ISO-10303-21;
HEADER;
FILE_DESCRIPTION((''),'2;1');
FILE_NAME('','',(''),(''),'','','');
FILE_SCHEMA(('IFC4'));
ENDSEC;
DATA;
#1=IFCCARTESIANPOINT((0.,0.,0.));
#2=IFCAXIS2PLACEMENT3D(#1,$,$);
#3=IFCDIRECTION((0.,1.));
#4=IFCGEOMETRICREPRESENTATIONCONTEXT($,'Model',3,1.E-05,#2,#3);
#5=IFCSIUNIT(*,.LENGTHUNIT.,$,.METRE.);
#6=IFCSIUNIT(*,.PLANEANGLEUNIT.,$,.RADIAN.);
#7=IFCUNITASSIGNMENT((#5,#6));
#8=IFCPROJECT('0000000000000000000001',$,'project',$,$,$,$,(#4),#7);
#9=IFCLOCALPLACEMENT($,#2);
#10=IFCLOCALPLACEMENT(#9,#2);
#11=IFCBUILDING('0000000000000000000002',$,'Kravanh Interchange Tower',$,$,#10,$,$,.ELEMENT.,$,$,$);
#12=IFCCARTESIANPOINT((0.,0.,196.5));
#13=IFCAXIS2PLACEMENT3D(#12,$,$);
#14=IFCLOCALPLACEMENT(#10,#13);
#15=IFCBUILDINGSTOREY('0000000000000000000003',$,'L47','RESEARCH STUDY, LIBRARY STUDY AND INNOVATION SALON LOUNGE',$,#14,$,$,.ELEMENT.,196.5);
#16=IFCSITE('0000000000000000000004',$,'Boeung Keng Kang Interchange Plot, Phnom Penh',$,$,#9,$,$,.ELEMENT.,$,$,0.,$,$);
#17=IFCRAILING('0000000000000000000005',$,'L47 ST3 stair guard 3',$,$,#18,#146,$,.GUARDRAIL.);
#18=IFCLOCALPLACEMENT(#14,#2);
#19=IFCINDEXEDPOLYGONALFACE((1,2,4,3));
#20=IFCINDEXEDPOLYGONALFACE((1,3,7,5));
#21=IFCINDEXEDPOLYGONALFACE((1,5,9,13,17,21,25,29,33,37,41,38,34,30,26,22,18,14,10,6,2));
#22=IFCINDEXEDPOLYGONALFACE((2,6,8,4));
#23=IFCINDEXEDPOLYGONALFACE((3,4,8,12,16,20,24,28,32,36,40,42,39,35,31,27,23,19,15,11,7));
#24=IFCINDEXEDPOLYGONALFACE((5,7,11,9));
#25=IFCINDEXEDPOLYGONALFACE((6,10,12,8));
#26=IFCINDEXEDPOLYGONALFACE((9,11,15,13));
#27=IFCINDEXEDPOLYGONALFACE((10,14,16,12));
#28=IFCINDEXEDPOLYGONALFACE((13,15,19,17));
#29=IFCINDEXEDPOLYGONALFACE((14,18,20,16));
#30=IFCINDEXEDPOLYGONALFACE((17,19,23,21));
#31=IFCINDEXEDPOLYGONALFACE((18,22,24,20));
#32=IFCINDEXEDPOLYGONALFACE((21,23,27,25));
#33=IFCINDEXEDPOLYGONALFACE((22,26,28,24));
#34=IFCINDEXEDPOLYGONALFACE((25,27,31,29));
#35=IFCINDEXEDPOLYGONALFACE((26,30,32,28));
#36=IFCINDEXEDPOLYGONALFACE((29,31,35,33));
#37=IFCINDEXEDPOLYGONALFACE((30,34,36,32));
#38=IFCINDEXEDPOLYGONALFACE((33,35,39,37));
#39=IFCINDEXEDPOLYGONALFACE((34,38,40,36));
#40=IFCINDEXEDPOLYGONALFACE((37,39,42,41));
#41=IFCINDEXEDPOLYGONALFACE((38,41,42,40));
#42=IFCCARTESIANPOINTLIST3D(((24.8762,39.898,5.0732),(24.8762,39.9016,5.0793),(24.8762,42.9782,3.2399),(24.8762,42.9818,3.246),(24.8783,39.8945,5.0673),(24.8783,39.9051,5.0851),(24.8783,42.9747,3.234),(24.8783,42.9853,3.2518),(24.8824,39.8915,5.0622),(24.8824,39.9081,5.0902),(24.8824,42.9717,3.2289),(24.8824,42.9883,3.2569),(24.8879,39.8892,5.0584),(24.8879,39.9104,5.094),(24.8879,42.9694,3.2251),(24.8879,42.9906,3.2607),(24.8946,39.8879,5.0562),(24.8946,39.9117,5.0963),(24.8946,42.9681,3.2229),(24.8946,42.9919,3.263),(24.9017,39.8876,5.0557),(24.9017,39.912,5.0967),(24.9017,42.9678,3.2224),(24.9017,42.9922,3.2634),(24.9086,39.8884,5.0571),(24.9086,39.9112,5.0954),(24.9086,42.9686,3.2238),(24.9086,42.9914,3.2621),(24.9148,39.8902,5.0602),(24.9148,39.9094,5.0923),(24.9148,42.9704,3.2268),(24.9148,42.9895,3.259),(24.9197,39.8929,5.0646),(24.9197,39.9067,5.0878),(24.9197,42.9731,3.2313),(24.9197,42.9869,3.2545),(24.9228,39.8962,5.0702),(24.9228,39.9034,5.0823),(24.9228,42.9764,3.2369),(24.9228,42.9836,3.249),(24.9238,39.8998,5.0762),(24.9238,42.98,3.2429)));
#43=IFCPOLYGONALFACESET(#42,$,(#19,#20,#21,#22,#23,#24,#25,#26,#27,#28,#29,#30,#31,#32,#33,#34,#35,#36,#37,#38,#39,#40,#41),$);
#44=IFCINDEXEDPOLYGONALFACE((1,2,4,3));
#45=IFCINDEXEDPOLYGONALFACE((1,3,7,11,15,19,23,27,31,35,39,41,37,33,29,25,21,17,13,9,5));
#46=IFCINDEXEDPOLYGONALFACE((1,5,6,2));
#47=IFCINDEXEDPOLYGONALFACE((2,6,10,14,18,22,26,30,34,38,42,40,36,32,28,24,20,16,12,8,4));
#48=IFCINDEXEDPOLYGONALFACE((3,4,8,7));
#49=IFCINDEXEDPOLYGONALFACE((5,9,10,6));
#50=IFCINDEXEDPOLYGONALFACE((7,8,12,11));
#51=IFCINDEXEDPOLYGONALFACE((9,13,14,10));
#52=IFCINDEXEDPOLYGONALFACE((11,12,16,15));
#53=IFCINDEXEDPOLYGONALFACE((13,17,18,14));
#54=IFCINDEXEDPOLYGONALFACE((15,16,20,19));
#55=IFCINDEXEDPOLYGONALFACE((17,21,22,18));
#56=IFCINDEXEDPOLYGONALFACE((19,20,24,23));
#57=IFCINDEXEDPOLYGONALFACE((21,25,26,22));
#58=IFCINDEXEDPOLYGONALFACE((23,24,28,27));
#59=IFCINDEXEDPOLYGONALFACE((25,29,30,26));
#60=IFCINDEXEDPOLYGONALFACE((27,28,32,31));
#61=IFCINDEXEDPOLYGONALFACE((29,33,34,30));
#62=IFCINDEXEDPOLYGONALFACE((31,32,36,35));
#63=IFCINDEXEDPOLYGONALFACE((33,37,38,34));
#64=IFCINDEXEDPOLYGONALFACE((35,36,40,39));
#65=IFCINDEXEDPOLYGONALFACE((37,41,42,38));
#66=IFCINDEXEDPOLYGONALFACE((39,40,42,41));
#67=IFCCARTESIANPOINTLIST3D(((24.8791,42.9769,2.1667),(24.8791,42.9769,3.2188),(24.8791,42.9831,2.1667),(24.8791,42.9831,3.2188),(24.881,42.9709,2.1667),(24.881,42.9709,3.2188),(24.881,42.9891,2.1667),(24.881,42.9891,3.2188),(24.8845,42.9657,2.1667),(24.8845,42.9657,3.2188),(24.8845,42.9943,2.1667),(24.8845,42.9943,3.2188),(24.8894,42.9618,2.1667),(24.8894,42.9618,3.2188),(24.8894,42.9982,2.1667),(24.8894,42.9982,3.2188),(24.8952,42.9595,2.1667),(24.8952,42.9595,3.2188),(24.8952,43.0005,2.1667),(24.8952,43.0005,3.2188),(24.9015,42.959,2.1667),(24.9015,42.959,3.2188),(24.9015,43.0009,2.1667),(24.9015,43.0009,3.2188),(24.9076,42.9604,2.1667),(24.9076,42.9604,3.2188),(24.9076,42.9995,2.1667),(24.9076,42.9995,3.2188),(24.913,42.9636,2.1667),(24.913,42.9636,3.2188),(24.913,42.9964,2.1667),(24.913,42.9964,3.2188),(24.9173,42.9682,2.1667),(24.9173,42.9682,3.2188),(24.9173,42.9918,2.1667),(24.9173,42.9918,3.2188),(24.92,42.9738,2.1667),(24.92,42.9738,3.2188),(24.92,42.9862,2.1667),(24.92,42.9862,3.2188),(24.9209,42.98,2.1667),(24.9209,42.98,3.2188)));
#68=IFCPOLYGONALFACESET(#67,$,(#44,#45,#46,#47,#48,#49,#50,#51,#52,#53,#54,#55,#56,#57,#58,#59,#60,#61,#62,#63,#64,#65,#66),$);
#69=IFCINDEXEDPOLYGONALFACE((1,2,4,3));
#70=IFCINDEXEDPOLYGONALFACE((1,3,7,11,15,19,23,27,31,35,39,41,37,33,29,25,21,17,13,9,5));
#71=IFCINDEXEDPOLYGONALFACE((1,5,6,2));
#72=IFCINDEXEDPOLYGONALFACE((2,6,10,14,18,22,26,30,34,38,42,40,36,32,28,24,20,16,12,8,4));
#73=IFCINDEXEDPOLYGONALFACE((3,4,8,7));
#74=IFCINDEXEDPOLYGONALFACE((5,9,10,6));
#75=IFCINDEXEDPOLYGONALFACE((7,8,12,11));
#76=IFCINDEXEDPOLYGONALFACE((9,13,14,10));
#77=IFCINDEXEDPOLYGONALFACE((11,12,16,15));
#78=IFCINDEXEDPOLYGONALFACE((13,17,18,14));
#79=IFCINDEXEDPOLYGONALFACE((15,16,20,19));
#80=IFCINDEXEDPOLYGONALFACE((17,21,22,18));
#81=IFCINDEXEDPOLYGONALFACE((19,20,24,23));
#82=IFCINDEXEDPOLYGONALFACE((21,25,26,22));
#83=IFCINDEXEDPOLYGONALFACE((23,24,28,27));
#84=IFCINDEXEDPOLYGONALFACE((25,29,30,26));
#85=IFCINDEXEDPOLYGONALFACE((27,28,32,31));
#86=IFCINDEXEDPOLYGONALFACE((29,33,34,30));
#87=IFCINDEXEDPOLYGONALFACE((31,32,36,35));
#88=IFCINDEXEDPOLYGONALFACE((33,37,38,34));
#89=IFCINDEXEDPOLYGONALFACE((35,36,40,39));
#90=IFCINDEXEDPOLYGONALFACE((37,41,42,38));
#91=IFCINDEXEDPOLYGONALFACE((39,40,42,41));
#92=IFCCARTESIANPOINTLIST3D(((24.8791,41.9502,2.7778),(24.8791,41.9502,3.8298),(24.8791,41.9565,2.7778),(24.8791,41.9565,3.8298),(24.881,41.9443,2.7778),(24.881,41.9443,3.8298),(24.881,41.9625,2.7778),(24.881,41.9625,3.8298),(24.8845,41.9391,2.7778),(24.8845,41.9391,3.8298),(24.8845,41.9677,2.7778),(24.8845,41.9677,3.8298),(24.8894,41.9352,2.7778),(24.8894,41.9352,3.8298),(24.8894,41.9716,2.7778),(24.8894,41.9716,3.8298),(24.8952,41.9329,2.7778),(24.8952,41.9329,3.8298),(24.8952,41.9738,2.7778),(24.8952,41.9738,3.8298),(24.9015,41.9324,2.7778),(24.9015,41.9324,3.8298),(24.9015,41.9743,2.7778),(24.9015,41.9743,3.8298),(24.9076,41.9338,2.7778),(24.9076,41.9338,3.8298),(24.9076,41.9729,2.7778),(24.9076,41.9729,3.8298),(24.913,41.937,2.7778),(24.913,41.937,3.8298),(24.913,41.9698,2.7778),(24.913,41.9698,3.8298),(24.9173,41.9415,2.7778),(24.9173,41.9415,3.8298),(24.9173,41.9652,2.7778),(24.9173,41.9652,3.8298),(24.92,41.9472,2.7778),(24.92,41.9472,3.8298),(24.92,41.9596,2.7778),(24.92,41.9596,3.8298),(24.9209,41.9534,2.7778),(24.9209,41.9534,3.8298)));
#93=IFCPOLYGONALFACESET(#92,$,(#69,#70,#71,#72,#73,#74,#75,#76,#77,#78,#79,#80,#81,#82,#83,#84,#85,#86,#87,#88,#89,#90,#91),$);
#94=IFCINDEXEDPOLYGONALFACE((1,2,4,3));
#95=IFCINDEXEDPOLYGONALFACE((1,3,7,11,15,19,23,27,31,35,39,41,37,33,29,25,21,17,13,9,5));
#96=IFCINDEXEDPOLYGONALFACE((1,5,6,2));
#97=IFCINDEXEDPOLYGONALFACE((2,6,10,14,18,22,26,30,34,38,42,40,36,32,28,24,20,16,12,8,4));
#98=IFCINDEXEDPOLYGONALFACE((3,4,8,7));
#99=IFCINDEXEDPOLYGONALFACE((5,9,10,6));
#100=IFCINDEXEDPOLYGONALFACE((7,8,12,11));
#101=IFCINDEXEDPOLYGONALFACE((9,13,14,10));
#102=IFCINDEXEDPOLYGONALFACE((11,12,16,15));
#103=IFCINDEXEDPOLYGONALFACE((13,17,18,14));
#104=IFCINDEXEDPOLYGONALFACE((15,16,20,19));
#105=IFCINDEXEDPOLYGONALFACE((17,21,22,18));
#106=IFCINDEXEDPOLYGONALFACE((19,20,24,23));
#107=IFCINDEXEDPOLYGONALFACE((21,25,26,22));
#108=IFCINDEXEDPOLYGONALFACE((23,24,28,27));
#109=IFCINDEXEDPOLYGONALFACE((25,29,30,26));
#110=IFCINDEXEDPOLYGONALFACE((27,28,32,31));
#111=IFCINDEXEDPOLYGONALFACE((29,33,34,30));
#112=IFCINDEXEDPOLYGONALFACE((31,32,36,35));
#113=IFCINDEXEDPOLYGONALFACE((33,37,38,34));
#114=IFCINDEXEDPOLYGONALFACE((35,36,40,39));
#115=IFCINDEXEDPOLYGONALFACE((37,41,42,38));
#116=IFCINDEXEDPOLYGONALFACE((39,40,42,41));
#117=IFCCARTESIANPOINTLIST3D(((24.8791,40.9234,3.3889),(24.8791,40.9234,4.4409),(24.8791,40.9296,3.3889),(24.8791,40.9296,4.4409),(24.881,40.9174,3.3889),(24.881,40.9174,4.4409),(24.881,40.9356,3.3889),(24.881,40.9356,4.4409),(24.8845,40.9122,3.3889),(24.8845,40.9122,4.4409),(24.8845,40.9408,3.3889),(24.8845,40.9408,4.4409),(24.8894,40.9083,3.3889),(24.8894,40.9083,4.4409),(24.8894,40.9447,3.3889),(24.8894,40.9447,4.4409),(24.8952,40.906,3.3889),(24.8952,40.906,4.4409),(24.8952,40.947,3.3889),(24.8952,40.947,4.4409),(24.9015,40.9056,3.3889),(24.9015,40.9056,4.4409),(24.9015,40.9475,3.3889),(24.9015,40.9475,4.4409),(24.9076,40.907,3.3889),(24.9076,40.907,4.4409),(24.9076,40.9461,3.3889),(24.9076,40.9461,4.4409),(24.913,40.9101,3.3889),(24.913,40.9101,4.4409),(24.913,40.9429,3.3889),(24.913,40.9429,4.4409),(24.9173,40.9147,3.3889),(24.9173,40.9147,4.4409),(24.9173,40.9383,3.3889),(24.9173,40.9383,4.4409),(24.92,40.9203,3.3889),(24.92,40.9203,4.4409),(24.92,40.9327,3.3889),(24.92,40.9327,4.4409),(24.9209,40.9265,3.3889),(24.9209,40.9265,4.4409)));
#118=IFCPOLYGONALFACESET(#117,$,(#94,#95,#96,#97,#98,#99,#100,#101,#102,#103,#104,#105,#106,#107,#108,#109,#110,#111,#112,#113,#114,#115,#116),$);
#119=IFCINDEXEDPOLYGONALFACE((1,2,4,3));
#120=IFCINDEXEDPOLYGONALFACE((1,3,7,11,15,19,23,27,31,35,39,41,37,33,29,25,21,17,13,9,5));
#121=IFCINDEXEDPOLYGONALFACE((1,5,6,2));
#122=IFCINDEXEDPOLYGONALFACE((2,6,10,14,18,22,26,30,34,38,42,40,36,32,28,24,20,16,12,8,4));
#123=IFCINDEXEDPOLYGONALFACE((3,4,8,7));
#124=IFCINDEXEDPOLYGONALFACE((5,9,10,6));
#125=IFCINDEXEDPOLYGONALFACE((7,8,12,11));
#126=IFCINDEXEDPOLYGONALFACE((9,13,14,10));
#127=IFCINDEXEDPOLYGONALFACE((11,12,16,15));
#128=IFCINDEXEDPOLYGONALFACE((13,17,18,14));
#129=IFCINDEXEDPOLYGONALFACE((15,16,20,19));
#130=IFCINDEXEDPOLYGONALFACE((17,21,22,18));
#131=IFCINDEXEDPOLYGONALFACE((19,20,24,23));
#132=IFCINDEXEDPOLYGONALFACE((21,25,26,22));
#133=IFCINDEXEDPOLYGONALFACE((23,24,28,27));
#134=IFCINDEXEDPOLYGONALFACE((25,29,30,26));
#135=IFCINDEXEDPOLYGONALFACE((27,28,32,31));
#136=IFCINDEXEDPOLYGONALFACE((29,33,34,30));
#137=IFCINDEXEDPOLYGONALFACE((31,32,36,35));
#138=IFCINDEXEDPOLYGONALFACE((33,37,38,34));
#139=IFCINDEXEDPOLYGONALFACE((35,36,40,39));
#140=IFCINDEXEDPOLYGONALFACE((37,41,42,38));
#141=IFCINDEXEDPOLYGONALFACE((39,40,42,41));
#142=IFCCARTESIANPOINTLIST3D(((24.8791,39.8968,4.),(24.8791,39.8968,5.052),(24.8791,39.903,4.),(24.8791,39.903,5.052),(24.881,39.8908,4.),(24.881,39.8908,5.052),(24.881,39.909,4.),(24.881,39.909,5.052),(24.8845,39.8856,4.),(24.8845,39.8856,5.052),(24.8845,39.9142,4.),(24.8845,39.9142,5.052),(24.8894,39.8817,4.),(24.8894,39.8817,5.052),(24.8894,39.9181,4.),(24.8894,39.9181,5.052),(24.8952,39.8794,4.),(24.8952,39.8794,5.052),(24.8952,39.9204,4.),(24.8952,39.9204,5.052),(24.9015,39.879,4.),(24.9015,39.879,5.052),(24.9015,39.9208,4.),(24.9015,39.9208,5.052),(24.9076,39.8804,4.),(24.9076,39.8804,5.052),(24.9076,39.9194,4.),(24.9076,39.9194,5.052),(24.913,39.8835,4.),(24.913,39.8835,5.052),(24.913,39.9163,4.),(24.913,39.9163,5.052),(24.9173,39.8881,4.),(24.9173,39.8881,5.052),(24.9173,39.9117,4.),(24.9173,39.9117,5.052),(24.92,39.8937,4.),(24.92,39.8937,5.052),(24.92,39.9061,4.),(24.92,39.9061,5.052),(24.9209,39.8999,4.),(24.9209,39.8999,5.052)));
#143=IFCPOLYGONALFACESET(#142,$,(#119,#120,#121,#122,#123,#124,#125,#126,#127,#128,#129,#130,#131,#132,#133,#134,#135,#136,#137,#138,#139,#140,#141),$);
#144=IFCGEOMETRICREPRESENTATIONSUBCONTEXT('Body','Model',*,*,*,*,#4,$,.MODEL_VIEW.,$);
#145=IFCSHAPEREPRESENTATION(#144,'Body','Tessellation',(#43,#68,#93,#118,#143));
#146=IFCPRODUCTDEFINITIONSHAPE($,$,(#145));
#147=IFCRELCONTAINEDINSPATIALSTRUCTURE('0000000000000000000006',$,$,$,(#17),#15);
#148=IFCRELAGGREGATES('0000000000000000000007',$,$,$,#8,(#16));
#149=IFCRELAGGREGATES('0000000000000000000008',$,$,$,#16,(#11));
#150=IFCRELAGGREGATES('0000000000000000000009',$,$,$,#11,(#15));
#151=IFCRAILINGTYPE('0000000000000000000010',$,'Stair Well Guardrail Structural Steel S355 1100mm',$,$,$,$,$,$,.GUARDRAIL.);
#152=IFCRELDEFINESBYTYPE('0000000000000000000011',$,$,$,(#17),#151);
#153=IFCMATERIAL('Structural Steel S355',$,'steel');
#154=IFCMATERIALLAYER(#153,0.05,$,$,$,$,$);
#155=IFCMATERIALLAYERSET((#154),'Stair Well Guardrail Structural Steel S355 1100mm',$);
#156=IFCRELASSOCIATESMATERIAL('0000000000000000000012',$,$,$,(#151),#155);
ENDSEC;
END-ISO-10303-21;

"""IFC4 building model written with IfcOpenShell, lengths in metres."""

from ifc_helpers import new_model, si_unit, direction, frame, origin, origin_2d, place, context, subcontext, project, spatial, circle, extrude, material, layer, layer_set, type_object, element, save


model = new_model("IFC4")

# Units and contexts
model_context = context("Model", 3, precision=1e-05, world=origin(), true_north=direction((0.0, 1.0)))
body_context = subcontext(model_context, "Body", "Model", "MODEL_VIEW")
ifc_project = project(units=[si_unit("LENGTHUNIT", "METRE"), si_unit("PLANEANGLEUNIT", "RADIAN")], contexts=[model_context])

# Site, building, storey
site_placement = place(None, origin())
site = spatial("IfcSite", under=ifc_project, at=site_placement, Name="Boeung Keng Kang Interchange Plot, Phnom Penh", CompositionType="ELEMENT", RefElevation=0.0)
building_placement = place(site_placement, origin())
building = spatial("IfcBuilding", under=site, at=building_placement, Name="Kravanh Interchange Tower", CompositionType="ELEMENT")
storey_placement = place(building_placement, frame((0.0, 0.0, 196.5)))
storey = spatial("IfcBuildingStorey", under=building, at=storey_placement, Name="L47", Description="RESEARCH STUDY, LIBRARY STUDY AND INNOVATION SALON LOUNGE", CompositionType="ELEMENT", Elevation=196.5)

# Railing
ifc_material_1 = material(Name="Structural Steel S355", Category="steel")
ifc_layer_1 = layer(ifc_material_1, 0.05)
ifc_layer_set_1 = layer_set([ifc_layer_1], Name="Stair Well Guardrail Structural Steel S355 1100mm")
railing_type_1 = type_object("IfcRailingType", Name="Stair Well Guardrail Structural Steel S355 1100mm", PredefinedType="GUARDRAIL", material=ifc_layer_set_1)
railing_1_placement = place(storey_placement, frame((24.8999, 42.98, 2.1667)))
element("IfcRailing", 1, at=railing_1_placement, inside=storey, type_object=railing_type_1, Name="L47 ST3 stair guard 3", PredefinedType="GUARDRAIL", context=body_context, shape_type="SweptSolid", body=[
    extrude(circle(Radius=0.0239, at=origin_2d()), frame((0.0, 0.0, 1.0762), z_axis=(0.0, -0.859309, 0.511458), x_axis=(1.0, 0.0, 0.0)), (0.0, 0.0, 1.0), 3.5845),
    extrude(circle(Radius=0.021, at=origin_2d()), origin(), (0.0, 0.0, 1.0), 1.052),
    extrude(circle(Radius=0.021, at=origin_2d()), frame((0.0, -1.0266, 0.6111)), (0.0, 0.0, 1.0), 1.052),
    extrude(circle(Radius=0.021, at=origin_2d()), frame((0.0, -2.0535, 1.2222)), (0.0, 0.0, 1.0), 1.052),
    extrude(circle(Radius=0.021, at=origin_2d()), frame((0.0, -3.0801, 1.8333)), (0.0, 0.0, 1.0), 1.052),
])

save(model, "model.ifc")
